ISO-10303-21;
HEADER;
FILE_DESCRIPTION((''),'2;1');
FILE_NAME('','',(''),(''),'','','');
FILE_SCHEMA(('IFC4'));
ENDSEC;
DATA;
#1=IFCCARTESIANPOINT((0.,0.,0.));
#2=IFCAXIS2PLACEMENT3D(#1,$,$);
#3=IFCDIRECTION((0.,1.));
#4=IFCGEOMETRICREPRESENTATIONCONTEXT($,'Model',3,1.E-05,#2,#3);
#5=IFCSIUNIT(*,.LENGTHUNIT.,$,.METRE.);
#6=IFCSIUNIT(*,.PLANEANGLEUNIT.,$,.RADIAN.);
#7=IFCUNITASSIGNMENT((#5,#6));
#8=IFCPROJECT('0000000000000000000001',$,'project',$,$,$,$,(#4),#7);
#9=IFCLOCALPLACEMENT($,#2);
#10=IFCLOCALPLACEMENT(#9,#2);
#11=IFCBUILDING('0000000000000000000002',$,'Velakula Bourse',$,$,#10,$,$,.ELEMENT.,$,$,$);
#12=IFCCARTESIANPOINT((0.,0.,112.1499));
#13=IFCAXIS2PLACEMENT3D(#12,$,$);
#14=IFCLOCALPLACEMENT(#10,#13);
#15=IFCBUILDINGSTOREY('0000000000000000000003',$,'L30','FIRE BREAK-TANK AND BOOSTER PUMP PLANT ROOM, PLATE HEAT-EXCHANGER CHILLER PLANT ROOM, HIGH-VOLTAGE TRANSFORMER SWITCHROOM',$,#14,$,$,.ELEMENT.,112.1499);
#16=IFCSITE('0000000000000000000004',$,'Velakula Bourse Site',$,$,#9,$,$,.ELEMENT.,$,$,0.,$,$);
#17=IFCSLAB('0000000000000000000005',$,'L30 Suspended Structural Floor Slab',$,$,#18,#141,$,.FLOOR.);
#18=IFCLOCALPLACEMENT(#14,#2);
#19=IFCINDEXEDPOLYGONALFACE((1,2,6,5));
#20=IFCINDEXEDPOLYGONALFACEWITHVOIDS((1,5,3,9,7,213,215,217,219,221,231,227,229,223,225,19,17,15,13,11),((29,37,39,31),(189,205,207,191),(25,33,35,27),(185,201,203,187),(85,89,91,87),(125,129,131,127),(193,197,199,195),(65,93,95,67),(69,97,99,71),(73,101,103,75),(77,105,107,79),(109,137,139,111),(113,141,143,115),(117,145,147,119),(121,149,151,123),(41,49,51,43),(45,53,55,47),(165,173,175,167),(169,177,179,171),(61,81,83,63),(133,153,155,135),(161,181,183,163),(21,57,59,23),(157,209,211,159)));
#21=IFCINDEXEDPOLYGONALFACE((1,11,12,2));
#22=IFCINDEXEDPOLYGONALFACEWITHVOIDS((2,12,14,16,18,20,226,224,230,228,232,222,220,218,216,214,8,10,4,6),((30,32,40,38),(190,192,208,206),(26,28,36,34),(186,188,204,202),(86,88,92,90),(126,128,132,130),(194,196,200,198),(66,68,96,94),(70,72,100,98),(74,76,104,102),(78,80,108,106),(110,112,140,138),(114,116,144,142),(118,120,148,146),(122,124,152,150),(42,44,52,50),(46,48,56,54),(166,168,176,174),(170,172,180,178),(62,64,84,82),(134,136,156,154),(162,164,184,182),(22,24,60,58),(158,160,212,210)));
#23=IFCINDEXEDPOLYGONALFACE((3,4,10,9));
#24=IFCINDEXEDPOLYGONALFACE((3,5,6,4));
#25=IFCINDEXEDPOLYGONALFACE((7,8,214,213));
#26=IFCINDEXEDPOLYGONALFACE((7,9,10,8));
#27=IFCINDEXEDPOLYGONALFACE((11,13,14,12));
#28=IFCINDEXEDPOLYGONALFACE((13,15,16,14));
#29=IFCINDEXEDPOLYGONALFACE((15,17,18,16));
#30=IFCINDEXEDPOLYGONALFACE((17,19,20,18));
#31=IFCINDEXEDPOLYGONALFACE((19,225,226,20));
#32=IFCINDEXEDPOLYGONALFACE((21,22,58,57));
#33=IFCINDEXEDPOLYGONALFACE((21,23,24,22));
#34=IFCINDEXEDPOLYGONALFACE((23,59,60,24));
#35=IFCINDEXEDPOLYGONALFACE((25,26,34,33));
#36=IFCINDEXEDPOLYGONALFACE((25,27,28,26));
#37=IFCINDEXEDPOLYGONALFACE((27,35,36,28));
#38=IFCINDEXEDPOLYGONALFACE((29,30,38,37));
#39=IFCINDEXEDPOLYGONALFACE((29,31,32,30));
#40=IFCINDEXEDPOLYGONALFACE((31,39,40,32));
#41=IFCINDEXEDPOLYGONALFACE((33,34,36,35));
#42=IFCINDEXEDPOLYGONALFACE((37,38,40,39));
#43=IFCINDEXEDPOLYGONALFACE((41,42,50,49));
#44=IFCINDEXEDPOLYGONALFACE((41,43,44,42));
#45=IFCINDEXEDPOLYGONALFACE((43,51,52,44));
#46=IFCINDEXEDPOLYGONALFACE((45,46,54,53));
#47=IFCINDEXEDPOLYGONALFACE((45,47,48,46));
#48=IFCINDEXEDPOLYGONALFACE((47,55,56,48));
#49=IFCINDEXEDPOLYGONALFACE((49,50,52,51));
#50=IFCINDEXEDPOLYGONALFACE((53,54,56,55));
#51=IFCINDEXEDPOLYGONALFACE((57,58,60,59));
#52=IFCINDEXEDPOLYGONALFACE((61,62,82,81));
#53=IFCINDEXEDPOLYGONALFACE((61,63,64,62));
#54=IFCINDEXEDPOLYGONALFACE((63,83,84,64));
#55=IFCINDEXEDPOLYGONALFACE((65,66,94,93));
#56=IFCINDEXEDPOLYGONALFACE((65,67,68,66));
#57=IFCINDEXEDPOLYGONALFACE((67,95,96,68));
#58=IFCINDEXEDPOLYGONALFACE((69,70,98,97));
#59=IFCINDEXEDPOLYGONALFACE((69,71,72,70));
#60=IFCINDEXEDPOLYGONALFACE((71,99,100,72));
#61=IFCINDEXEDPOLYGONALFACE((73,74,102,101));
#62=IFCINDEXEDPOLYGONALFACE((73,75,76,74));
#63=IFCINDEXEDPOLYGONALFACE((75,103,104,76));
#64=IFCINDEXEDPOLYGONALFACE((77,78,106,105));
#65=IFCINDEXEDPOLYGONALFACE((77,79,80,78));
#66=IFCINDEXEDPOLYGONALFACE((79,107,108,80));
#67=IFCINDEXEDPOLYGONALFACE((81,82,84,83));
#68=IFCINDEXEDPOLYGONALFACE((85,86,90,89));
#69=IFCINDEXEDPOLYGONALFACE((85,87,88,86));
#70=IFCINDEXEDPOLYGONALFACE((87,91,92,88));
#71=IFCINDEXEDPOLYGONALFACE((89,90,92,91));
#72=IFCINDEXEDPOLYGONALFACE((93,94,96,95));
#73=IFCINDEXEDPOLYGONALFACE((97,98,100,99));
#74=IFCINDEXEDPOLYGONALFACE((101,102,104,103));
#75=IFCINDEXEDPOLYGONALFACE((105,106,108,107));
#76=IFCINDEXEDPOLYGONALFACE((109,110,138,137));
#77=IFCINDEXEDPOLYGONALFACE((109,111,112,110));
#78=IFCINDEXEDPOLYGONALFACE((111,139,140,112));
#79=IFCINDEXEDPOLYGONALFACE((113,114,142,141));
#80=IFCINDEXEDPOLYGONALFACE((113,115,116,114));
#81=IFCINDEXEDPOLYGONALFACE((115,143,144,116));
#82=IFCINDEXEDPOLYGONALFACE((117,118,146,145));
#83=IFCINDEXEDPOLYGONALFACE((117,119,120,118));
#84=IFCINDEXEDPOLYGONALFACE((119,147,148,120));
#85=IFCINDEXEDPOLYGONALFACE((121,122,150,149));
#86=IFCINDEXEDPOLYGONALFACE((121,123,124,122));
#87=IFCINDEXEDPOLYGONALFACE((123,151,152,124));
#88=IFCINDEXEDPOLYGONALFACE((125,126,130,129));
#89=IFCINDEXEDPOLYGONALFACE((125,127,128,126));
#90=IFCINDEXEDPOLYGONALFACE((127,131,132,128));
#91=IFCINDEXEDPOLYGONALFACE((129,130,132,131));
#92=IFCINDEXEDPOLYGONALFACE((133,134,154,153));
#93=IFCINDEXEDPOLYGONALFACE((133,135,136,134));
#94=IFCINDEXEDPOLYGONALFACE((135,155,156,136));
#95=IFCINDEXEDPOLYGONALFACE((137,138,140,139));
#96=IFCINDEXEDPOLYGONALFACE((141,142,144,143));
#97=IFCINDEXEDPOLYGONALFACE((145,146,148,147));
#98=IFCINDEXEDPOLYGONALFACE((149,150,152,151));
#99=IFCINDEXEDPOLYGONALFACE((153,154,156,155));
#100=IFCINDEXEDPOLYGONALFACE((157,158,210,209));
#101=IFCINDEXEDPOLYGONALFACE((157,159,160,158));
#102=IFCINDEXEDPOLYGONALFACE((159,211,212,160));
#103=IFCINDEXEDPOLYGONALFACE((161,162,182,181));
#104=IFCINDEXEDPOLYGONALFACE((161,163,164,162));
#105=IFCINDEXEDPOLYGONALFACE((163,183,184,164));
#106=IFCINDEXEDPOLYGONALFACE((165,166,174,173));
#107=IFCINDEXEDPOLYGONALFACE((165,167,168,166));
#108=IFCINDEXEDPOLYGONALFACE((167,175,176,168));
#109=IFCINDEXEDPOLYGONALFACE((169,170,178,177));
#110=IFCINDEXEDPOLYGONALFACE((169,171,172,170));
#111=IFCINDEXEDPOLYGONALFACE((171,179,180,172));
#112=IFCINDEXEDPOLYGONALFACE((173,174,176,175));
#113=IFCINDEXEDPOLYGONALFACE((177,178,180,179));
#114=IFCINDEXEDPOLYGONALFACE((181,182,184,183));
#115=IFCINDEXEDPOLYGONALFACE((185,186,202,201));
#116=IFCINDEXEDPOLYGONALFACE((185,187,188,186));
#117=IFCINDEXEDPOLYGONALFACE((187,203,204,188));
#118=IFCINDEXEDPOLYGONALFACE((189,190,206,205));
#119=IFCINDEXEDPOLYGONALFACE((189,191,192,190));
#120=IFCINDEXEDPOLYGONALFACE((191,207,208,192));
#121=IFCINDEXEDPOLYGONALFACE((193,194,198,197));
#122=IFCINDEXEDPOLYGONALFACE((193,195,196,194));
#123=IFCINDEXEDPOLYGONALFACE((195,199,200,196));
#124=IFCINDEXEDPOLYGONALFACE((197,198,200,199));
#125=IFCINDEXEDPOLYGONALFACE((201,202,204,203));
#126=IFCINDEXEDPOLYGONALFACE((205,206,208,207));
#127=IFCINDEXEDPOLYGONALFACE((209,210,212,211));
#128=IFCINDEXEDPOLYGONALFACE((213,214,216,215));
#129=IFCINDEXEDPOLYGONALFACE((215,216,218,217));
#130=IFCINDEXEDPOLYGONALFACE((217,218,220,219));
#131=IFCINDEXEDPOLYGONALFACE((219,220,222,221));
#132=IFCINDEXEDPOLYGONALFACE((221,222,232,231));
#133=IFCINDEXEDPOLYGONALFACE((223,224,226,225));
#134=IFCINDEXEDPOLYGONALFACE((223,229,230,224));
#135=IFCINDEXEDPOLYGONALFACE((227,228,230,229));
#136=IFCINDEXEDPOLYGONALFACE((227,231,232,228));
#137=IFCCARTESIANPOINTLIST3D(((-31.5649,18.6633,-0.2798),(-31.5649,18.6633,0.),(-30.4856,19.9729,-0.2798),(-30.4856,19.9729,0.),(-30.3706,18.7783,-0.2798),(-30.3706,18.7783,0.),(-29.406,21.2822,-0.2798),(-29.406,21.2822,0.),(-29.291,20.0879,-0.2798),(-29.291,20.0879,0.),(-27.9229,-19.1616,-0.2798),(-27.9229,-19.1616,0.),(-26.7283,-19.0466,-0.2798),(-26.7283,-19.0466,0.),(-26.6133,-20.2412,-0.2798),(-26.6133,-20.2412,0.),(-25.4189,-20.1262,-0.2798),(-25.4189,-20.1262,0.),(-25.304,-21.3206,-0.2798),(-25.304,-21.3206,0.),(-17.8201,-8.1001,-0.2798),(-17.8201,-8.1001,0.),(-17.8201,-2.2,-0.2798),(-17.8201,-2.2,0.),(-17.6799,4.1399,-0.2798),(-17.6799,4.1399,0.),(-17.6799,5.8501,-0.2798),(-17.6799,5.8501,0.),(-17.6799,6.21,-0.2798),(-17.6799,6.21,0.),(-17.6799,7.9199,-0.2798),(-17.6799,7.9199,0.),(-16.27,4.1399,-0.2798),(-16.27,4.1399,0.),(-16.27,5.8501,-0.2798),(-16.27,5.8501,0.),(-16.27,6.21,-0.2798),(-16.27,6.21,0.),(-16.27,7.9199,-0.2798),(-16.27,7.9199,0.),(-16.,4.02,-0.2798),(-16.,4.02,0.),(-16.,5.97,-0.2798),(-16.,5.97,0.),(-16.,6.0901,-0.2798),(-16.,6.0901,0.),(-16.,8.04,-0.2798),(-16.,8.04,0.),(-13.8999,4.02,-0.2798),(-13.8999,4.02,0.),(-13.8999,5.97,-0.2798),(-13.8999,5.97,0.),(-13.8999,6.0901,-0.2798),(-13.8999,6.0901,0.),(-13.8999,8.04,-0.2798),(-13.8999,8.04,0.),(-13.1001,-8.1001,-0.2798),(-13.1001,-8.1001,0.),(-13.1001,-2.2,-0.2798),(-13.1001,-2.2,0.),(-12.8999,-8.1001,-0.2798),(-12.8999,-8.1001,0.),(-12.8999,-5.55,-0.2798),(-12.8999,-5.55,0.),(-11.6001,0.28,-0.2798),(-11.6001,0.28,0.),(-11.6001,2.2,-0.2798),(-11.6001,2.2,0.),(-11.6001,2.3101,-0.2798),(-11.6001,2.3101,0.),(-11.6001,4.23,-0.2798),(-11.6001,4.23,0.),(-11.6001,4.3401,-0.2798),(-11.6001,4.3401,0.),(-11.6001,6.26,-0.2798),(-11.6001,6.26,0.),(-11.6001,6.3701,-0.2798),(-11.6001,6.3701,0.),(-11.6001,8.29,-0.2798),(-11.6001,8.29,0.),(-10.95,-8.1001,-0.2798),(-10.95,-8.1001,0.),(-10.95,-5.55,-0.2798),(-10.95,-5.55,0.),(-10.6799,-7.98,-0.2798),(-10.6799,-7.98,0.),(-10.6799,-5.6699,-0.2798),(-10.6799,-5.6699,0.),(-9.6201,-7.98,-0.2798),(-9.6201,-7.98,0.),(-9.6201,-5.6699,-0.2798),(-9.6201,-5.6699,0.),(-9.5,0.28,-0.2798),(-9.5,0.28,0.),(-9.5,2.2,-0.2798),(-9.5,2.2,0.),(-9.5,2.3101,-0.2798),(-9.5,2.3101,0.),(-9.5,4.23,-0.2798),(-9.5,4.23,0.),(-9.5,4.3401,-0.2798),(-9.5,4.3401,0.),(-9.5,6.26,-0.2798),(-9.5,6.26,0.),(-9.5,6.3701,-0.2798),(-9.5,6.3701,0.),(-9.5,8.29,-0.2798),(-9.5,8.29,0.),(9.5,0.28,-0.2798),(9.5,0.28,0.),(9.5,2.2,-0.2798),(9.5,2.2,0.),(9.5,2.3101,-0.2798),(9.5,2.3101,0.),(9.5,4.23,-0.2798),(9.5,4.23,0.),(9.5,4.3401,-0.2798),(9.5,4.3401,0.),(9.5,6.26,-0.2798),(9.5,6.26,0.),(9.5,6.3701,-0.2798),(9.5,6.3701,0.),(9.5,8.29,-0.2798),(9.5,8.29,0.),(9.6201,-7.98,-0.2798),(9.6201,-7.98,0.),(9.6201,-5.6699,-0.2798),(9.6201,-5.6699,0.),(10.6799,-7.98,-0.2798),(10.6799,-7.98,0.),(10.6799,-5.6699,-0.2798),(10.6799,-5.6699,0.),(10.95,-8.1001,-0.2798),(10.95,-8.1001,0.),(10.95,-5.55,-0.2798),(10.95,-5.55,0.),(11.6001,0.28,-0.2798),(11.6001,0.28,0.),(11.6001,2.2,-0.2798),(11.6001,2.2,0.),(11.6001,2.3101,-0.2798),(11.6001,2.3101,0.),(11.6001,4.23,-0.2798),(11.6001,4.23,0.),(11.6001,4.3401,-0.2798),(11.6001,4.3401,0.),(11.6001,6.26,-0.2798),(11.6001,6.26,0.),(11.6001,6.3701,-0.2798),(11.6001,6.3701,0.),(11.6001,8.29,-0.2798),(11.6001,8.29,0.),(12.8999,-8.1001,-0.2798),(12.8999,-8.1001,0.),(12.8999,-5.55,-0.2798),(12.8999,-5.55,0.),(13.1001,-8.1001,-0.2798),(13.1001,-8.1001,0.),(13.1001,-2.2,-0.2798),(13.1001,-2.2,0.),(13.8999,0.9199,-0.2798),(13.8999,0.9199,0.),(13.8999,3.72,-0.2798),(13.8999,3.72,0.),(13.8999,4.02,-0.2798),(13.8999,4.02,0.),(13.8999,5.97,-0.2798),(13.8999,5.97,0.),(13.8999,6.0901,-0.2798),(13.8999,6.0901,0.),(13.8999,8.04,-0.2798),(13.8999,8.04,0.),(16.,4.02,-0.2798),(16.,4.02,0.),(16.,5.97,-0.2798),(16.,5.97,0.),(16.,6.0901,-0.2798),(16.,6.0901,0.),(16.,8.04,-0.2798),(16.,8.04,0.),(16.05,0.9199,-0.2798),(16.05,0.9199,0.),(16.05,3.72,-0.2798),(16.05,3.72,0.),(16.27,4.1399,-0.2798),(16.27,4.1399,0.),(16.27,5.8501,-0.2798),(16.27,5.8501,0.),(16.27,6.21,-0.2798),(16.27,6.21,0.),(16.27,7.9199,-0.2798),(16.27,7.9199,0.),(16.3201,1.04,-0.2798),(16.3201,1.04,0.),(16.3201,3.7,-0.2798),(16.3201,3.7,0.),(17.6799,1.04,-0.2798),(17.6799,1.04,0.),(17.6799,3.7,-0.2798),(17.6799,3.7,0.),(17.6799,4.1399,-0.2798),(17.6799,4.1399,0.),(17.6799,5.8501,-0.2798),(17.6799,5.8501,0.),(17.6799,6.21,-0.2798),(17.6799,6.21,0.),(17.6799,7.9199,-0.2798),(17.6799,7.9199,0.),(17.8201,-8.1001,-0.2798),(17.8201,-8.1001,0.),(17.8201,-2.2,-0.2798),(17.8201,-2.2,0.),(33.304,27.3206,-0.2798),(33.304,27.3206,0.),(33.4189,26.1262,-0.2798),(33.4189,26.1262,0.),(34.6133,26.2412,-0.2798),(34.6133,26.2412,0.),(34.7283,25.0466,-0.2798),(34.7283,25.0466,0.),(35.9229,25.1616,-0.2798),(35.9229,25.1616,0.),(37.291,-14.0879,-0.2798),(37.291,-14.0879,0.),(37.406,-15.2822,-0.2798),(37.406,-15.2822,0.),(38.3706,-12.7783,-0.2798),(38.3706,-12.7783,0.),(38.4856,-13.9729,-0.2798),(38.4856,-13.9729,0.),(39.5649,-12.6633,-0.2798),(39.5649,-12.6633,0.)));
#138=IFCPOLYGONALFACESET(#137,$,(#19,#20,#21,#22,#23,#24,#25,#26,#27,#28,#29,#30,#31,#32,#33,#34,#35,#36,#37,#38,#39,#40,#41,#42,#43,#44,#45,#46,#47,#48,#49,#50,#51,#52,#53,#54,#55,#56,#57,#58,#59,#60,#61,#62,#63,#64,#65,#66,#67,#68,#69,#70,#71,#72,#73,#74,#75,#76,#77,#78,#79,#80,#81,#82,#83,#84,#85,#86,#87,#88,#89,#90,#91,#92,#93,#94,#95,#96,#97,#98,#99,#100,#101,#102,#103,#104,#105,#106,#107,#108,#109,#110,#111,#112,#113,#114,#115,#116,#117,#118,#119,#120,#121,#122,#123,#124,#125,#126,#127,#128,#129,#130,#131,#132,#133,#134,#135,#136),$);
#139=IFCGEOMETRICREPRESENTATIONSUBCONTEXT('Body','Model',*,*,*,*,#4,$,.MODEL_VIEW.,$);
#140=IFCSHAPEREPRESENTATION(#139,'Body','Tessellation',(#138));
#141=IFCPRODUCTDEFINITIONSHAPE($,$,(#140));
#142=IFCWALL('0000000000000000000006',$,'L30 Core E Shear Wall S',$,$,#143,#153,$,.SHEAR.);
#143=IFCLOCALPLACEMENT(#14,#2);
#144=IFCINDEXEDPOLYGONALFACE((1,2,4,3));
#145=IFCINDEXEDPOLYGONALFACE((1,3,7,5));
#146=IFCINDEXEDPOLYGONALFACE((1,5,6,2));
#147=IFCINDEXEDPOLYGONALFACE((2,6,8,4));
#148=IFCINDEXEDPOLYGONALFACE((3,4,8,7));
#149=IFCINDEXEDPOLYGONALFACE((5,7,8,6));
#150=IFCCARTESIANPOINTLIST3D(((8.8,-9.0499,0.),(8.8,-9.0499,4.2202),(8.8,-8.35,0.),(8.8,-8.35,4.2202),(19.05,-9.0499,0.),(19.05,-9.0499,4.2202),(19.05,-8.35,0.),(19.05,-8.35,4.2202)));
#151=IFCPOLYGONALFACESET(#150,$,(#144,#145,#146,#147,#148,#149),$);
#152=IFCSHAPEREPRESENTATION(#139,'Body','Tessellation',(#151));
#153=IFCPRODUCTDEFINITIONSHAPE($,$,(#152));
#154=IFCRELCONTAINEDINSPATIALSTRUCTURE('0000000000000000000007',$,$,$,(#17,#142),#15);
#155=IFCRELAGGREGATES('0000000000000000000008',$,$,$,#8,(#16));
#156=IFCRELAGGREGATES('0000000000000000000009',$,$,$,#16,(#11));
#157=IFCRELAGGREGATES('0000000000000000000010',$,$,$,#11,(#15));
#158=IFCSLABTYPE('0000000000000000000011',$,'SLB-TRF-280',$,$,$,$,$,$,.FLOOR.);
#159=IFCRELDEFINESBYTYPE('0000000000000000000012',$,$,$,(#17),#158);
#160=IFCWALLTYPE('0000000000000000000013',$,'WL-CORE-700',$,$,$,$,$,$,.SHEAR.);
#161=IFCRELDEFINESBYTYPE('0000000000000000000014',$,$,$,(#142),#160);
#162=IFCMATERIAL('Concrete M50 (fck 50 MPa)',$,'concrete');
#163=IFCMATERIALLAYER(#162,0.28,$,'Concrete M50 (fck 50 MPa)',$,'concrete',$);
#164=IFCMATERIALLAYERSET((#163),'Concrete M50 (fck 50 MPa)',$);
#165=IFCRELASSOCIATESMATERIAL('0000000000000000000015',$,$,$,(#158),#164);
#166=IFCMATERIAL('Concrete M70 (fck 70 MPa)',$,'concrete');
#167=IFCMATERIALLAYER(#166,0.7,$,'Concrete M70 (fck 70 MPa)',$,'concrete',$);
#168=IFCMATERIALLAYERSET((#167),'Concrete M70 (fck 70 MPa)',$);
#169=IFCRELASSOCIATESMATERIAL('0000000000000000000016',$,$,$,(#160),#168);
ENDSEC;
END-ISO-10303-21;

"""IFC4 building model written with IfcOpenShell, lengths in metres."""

from ifc_helpers import new_model, si_unit, direction, frame, frame_2d, origin, place, context, subcontext, project, spatial, polyline, rectangle, outline, extrude, material, layer, layer_set, type_object, element, save


model = new_model("IFC4")

# Units and contexts
model_context = context("Model", 3, precision=1e-05, world=origin(), true_north=direction((0.0, 1.0)))
body_context = subcontext(model_context, "Body", "Model", "MODEL_VIEW")
ifc_project = project(units=[si_unit("LENGTHUNIT", "METRE"), si_unit("PLANEANGLEUNIT", "RADIAN")], contexts=[model_context])

# Site, building, storey
site_placement = place(None, origin())
site = spatial("IfcSite", under=ifc_project, at=site_placement, Name="Velakula Bourse Site", CompositionType="ELEMENT", RefElevation=0.0)
building_placement = place(site_placement, origin())
building = spatial("IfcBuilding", under=site, at=building_placement, Name="Velakula Bourse", CompositionType="ELEMENT")
storey_placement = place(building_placement, frame((0.0, 0.0, 112.1499)))
storey = spatial("IfcBuildingStorey", under=building, at=storey_placement, Name="L30", Description="FIRE BREAK-TANK AND BOOSTER PUMP PLANT ROOM, PLATE HEAT-EXCHANGER CHILLER PLANT ROOM, HIGH-VOLTAGE TRANSFORMER SWITCHROOM", CompositionType="ELEMENT", Elevation=112.1499)

# Shared definitions
ifc_material_1 = material(Name="Concrete M70 (fck 70 MPa)", Category="concrete")

# Slab
ifc_material_2 = material(Name="Concrete M50 (fck 50 MPa)", Category="concrete")
ifc_layer_1 = layer(ifc_material_2, 0.28, Name="Concrete M50 (fck 50 MPa)", Category="concrete")
ifc_layer_set_1 = layer_set([ifc_layer_1], Name="Concrete M50 (fck 50 MPa)")
slab_type_1 = type_object("IfcSlabType", Name="SLB-TRF-280", PredefinedType="FLOOR", material=ifc_layer_set_1)
slab_1_placement = place(storey_placement, frame((0.0, 0.0, -0.2798)))
element("IfcSlab", 1, at=slab_1_placement, inside=storey, type_object=slab_type_1, Name="L30 Suspended Structural Floor Slab", PredefinedType="FLOOR", context=body_context, shape_type="SweptSolid", body=[
    extrude(outline(polyline([(-25.304, -21.3206), (37.406, -15.2822), (37.291, -14.0879), (38.4856, -13.9729), (38.3706, -12.7783), (39.5649, -12.6633), (35.9229, 25.1616), (34.7283, 25.0466), (34.6133, 26.2412), (33.4189, 26.1262), (33.304, 27.3206), (-29.406, 21.2822), (-29.291, 20.0879), (-30.4856, 19.9729), (-30.3706, 18.7783), (-31.5649, 18.6633), (-27.9229, -19.1616), (-26.7283, -19.0466), (-26.6133, -20.2412), (-25.4189, -20.1262), (-25.304, -21.3206)]), holes=[polyline([(-17.8201, -8.1001), (-13.1001, -8.1001), (-13.1001, -2.2), (-17.8201, -2.2), (-17.8201, -8.1001)]), polyline([(13.1001, -8.1001), (17.8201, -8.1001), (17.8201, -2.2), (13.1001, -2.2), (13.1001, -8.1001)]), polyline([(-12.8999, -8.1001), (-10.95, -8.1001), (-10.95, -5.55), (-12.8999, -5.55), (-12.8999, -8.1001)]), polyline([(10.95, -8.1001), (12.8999, -8.1001), (12.8999, -5.55), (10.95, -5.55), (10.95, -8.1001)]), polyline([(13.8999, 0.9199), (16.05, 0.9199), (16.05, 3.72), (13.8999, 3.72), (13.8999, 0.9199)]), polyline([(-10.6799, -7.98), (-9.6201, -7.98), (-9.6201, -5.6699), (-10.6799, -5.6699), (-10.6799, -7.98)]), polyline([(-17.6799, 4.1399), (-16.27, 4.1399), (-16.27, 5.8501), (-17.6799, 5.8501), (-17.6799, 4.1399)]), polyline([(-17.6799, 6.21), (-16.27, 6.21), (-16.27, 7.9199), (-17.6799, 7.9199), (-17.6799, 6.21)]), polyline([(9.6201, -7.98), (10.6799, -7.98), (10.6799, -5.6699), (9.6201, -5.6699), (9.6201, -7.98)]), polyline([(16.27, 4.1399), (17.6799, 4.1399), (17.6799, 5.8501), (16.27, 5.8501), (16.27, 4.1399)]), polyline([(16.27, 6.21), (17.6799, 6.21), (17.6799, 7.9199), (16.27, 7.9199), (16.27, 6.21)]), polyline([(16.3201, 1.04), (17.6799, 1.04), (17.6799, 3.7), (16.3201, 3.7), (16.3201, 1.04)]), polyline([(-11.6001, 0.28), (-9.5, 0.28), (-9.5, 2.2), (-11.6001, 2.2), (-11.6001, 0.28)]), polyline([(-11.6001, 2.3101), (-9.5, 2.3101), (-9.5, 4.23), (-11.6001, 4.23), (-11.6001, 2.3101)]), polyline([(-11.6001, 4.3401), (-9.5, 4.3401), (-9.5, 6.26), (-11.6001, 6.26), (-11.6001, 4.3401)]), polyline([(-11.6001, 6.3701), (-9.5, 6.3701), (-9.5, 8.29), (-11.6001, 8.29), (-11.6001, 6.3701)]), polyline([(9.5, 0.28), (11.6001, 0.28), (11.6001, 2.2), (9.5, 2.2), (9.5, 0.28)]), polyline([(9.5, 2.3101), (11.6001, 2.3101), (11.6001, 4.23), (9.5, 4.23), (9.5, 2.3101)]), polyline([(9.5, 4.3401), (11.6001, 4.3401), (11.6001, 6.26), (9.5, 6.26), (9.5, 4.3401)]), polyline([(9.5, 6.3701), (11.6001, 6.3701), (11.6001, 8.29), (9.5, 8.29), (9.5, 6.3701)]), polyline([(-16.0, 4.02), (-13.8999, 4.02), (-13.8999, 5.97), (-16.0, 5.97), (-16.0, 4.02)]), polyline([(-16.0, 6.0901), (-13.8999, 6.0901), (-13.8999, 8.04), (-16.0, 8.04), (-16.0, 6.0901)]), polyline([(13.8999, 4.02), (16.0, 4.02), (16.0, 5.97), (13.8999, 5.97), (13.8999, 4.02)]), polyline([(13.8999, 6.0901), (16.0, 6.0901), (16.0, 8.04), (13.8999, 8.04), (13.8999, 6.0901)])]), origin(), (0.0, 0.0, 1.0), 0.2798),
])

# Wall
ifc_layer_2 = layer(ifc_material_1, 0.7, Name="Concrete M70 (fck 70 MPa)", Category="concrete")
ifc_layer_set_2 = layer_set([ifc_layer_2], Name="Concrete M70 (fck 70 MPa)")
wall_type_1 = type_object("IfcWallType", Name="WL-CORE-700", PredefinedType="SHEAR", material=ifc_layer_set_2)
wall_1_placement = place(storey_placement, frame((8.8, -8.7, 0.0), z_axis=(0.0, 0.0, 1.0), x_axis=(1.0, 0.0, 0.0)))
element("IfcWall", 2, at=wall_1_placement, inside=storey, type_object=wall_type_1, Name="L30 Core E Shear Wall S", PredefinedType="SHEAR", context=body_context, shape_type="SweptSolid", body=[
    extrude(rectangle(XDim=10.25, YDim=0.7, at=frame_2d((5.125, 0.0))), origin(), (0.0, 0.0, 1.0), 4.2202),
])

save(model, "model.ifc")
